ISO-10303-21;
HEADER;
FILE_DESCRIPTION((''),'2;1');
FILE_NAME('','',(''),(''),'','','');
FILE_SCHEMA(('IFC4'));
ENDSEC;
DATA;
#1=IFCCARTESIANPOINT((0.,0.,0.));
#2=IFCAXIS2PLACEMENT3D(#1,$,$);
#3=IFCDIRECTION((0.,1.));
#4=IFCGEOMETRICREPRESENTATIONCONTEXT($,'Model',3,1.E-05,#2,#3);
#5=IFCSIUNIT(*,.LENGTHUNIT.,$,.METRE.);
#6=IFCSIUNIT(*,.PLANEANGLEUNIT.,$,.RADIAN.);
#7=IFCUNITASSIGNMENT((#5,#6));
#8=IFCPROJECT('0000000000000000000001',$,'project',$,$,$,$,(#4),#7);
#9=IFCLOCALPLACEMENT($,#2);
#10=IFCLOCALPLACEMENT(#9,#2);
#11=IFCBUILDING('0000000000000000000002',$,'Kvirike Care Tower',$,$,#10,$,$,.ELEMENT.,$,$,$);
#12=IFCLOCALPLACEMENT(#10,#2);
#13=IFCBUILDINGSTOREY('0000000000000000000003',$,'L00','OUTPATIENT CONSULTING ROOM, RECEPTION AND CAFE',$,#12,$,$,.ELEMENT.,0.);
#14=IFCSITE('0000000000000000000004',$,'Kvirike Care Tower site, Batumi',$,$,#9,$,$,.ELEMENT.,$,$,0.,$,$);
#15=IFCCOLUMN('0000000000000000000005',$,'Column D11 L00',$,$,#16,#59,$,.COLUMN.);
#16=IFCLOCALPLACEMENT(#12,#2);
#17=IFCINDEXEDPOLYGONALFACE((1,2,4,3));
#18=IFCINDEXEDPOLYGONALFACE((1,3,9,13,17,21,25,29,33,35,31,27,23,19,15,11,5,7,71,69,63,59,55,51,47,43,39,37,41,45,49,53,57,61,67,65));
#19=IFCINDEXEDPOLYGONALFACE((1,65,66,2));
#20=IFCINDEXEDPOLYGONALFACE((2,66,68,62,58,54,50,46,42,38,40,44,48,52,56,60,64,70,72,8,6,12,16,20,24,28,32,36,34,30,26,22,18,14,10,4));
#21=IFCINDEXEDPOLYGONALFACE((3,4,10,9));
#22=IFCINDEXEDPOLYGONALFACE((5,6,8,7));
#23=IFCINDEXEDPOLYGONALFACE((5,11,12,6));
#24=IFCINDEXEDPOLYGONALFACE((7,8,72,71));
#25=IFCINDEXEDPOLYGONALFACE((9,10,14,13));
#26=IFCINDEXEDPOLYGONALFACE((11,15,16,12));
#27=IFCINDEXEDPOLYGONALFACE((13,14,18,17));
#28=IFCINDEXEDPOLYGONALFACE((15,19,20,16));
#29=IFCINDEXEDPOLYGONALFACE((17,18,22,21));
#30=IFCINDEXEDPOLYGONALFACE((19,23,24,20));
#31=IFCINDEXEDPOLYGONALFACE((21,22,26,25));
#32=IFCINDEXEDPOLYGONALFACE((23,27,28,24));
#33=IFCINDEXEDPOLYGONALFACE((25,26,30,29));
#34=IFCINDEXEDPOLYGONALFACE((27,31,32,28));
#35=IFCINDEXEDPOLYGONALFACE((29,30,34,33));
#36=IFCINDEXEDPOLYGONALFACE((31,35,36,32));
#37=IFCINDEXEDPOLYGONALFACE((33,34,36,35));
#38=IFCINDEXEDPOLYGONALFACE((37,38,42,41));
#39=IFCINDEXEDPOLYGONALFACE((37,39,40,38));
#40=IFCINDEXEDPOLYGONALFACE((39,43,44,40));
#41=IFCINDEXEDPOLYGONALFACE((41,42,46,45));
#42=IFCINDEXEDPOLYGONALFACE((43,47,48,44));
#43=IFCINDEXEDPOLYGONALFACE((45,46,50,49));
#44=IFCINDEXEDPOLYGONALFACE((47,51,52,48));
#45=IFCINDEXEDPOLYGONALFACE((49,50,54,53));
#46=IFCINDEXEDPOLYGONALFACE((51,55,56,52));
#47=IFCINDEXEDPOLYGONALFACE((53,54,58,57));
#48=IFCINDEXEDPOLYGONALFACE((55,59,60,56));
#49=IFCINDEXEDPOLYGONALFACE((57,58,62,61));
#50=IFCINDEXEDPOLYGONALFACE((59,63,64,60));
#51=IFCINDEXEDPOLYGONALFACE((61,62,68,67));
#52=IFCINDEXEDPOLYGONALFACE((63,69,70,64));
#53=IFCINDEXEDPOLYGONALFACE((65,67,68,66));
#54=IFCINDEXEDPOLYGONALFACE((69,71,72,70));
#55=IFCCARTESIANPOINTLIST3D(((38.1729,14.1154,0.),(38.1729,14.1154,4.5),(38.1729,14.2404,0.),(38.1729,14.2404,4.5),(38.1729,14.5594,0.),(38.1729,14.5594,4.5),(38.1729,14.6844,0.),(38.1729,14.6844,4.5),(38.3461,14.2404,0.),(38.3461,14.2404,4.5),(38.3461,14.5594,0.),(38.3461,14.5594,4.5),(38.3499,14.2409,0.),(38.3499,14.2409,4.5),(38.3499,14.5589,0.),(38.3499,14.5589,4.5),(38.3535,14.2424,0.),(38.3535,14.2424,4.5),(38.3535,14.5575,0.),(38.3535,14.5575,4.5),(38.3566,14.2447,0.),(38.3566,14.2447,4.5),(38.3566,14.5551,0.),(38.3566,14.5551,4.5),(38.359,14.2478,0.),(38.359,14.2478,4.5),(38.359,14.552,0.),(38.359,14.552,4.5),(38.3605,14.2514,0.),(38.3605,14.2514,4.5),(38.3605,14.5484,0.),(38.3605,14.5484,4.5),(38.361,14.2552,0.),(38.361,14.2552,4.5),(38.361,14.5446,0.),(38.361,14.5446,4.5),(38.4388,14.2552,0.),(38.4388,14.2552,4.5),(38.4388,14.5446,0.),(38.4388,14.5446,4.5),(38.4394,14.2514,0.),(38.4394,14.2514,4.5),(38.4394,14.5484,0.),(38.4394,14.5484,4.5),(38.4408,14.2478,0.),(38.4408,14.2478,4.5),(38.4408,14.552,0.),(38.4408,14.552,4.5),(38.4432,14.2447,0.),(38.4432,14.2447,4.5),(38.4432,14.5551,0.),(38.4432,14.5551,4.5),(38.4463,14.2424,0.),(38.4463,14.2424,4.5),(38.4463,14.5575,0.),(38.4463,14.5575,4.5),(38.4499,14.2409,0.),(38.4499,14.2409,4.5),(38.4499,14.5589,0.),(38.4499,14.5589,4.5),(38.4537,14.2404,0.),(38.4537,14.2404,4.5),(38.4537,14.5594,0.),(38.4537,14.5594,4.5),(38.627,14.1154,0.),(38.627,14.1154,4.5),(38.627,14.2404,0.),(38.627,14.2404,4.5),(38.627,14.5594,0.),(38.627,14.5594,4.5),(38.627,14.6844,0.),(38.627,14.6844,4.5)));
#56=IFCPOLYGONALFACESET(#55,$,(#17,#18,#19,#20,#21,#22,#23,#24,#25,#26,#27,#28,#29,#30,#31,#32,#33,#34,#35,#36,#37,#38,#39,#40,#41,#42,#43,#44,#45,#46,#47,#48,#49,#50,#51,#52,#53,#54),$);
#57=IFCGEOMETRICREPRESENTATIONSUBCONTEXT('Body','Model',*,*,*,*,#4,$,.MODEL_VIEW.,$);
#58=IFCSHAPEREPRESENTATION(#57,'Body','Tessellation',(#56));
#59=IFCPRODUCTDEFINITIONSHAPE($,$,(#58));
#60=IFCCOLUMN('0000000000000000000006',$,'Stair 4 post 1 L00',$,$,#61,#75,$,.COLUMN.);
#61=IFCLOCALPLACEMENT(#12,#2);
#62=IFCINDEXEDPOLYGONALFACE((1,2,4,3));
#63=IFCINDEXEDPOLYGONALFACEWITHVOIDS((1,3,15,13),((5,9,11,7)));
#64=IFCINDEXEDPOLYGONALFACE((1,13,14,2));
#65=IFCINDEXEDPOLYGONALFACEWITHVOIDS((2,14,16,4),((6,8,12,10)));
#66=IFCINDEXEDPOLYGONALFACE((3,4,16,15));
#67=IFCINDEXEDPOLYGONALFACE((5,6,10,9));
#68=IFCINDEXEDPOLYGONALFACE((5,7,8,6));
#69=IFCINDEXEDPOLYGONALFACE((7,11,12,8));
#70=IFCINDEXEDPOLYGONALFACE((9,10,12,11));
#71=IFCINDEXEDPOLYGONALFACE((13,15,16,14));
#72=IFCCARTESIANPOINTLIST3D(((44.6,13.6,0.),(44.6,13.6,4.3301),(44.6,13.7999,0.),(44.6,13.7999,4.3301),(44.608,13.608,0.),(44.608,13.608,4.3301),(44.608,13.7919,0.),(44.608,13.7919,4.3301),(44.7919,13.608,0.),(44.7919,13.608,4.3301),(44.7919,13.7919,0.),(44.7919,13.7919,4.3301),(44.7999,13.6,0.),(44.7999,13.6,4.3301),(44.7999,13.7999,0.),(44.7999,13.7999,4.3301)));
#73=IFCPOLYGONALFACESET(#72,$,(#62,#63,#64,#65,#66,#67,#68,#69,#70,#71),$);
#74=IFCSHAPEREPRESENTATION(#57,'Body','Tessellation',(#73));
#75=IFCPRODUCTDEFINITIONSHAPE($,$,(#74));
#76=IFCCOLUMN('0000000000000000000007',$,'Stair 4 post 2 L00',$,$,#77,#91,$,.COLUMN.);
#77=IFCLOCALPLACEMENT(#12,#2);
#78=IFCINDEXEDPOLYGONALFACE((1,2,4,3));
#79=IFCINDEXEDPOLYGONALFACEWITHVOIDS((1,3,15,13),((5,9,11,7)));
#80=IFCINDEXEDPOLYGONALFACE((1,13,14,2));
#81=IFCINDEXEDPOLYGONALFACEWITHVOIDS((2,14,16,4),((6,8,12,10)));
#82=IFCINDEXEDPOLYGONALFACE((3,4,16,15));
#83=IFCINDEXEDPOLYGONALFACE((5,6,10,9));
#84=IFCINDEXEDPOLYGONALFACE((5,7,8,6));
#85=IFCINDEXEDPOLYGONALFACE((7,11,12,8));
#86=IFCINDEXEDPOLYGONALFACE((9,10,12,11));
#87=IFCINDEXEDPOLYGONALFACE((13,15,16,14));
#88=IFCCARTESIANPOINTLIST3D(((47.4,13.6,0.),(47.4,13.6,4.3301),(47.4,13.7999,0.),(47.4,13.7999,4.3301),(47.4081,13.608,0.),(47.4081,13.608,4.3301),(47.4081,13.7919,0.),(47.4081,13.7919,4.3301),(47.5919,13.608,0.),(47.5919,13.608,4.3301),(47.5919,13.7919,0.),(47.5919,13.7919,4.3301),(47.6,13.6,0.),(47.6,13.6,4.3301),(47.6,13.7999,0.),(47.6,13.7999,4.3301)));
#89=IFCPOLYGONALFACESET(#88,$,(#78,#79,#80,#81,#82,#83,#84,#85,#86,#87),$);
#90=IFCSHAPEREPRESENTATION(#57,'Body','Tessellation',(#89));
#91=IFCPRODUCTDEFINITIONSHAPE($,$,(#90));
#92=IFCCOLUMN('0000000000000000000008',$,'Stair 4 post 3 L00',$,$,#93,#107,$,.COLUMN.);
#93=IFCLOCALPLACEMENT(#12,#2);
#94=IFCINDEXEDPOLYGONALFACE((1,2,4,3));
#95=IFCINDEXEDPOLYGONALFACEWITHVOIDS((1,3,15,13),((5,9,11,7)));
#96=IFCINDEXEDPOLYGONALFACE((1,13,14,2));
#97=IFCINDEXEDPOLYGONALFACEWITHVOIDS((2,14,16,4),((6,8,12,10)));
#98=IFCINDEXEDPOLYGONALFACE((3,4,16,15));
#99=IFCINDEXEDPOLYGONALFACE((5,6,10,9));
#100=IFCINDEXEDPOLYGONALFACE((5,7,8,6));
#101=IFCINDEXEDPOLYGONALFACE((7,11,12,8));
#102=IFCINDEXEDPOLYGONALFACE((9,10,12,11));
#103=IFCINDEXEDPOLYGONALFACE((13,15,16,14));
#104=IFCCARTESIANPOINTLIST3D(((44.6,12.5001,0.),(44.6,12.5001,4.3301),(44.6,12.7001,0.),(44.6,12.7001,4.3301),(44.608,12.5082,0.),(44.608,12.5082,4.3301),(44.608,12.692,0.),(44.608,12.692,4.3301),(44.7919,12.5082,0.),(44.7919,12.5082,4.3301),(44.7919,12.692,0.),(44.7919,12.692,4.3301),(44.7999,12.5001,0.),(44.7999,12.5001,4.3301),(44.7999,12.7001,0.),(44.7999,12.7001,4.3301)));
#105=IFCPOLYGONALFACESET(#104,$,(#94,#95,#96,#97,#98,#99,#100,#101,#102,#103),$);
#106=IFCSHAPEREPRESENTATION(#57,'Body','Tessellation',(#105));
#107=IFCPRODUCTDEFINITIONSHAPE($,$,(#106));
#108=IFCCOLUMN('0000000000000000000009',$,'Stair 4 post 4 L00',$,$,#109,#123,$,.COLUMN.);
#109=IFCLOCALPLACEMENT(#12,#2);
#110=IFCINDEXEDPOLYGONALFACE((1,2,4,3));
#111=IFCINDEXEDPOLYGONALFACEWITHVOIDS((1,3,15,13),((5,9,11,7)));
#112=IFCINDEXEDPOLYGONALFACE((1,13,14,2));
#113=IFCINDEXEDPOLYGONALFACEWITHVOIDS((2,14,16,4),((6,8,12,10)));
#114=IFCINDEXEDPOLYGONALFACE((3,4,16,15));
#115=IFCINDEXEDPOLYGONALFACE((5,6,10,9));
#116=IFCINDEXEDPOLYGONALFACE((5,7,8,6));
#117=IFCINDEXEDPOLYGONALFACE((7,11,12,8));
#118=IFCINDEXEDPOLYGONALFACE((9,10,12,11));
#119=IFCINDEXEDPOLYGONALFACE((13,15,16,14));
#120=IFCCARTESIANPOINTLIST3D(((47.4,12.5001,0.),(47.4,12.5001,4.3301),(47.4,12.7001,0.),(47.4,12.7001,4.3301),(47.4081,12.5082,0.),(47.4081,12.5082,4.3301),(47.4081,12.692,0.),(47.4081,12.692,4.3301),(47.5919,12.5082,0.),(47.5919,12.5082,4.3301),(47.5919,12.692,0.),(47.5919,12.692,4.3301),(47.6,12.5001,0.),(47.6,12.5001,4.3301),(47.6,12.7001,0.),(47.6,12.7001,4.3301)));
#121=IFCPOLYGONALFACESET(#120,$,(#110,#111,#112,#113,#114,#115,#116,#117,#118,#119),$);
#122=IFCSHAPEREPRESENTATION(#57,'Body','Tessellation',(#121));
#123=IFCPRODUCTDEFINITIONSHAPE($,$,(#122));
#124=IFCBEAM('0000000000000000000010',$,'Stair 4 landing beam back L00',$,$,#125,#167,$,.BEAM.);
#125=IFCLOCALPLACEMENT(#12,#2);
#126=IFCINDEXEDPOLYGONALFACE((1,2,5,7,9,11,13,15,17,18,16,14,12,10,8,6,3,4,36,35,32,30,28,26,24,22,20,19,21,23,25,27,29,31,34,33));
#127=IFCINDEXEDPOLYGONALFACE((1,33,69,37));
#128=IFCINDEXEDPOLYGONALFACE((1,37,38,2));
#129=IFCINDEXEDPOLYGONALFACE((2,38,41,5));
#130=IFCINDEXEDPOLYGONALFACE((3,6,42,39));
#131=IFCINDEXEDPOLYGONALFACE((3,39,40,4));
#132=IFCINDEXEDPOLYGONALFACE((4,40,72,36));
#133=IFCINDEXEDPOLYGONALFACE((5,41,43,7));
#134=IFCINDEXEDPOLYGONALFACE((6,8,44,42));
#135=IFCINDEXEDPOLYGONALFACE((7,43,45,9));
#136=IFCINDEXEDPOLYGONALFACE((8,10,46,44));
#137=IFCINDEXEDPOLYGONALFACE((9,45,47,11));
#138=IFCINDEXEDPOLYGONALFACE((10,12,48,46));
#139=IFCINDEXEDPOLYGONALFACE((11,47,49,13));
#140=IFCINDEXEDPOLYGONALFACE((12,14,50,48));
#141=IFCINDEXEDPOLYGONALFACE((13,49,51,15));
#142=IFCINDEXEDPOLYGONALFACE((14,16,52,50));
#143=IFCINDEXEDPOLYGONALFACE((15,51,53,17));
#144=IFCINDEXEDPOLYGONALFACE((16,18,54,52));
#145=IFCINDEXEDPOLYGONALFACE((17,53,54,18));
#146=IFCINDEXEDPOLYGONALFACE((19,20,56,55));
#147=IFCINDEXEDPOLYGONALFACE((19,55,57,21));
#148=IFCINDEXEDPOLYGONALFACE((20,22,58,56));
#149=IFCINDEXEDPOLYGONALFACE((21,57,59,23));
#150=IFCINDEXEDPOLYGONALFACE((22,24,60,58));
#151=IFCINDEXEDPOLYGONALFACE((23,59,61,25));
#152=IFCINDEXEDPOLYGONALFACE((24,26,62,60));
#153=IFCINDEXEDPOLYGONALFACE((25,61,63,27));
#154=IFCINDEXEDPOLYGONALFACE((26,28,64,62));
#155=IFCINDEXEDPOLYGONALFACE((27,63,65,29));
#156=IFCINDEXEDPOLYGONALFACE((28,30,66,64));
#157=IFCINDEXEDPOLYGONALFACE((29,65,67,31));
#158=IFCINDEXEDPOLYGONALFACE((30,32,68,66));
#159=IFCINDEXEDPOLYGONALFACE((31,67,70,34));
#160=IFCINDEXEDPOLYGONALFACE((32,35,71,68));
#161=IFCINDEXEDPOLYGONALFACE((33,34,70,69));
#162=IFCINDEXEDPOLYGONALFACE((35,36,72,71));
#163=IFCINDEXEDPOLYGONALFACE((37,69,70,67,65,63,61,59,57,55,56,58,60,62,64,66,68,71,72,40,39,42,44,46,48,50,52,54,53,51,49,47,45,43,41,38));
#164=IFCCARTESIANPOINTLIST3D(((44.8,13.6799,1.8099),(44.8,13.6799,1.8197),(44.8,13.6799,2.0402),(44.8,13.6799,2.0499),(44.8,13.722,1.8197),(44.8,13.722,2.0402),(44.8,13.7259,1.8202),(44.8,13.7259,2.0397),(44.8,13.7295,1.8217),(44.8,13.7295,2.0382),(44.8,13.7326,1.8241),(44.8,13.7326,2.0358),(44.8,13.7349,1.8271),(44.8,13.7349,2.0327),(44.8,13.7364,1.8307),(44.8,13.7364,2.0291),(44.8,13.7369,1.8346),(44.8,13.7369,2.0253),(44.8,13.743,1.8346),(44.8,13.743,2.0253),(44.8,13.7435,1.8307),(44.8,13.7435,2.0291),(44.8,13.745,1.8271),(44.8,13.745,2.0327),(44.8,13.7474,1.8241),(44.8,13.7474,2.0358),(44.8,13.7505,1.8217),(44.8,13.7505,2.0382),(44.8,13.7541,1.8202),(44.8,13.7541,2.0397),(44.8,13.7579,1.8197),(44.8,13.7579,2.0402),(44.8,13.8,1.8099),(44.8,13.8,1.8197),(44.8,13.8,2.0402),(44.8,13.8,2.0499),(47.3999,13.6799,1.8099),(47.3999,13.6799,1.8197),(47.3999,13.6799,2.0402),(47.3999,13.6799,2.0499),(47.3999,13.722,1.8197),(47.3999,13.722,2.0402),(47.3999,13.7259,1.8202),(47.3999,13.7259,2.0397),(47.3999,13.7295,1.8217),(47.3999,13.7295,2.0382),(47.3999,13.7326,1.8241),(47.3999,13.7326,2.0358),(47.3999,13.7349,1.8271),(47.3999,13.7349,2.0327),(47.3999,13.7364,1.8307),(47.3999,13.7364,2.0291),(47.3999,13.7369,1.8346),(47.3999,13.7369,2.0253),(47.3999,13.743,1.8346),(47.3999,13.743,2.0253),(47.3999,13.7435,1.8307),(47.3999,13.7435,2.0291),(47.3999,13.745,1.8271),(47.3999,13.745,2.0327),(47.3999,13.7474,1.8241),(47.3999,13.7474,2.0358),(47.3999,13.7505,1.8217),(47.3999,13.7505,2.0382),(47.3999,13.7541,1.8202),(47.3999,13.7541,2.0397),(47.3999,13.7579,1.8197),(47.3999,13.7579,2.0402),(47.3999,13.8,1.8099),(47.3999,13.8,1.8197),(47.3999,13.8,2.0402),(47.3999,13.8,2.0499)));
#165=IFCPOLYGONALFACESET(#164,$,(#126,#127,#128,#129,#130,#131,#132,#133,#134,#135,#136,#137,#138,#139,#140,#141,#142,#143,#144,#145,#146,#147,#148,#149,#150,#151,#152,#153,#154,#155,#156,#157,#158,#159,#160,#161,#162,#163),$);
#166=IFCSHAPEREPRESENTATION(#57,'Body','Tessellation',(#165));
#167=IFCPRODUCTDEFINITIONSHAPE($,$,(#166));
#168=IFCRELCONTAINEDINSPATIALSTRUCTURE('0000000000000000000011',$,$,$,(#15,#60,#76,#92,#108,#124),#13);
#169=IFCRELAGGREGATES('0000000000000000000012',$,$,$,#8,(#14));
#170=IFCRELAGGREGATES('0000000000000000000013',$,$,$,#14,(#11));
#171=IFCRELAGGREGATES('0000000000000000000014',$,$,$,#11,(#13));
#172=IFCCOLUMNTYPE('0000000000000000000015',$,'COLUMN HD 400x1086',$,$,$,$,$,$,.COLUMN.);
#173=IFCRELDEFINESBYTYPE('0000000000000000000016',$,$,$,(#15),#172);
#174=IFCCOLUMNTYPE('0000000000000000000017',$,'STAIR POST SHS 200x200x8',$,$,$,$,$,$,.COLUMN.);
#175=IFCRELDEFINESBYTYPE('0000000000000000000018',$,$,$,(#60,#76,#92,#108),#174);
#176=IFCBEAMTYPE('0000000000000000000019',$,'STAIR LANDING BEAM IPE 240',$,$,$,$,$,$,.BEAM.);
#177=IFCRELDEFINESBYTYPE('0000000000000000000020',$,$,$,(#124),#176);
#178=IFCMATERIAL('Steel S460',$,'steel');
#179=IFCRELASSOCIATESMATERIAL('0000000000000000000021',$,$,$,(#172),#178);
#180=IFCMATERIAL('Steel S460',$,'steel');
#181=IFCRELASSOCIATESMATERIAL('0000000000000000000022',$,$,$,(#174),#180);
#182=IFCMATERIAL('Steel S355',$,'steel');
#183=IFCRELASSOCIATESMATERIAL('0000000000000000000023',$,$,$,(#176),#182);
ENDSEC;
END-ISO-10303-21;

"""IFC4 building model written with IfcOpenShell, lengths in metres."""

from ifc_helpers import new_model, si_unit, direction, frame, origin, origin_2d, place, context, subcontext, project, spatial, hollow_rectangle, i_section, extrude, material, material_profile, profile_set, type_object, element, save


model = new_model("IFC4")

# Units and contexts
model_context = context("Model", 3, precision=1e-05, world=origin(), true_north=direction((0.0, 1.0)))
body_context = subcontext(model_context, "Body", "Model", "MODEL_VIEW")
ifc_project = project(units=[si_unit("LENGTHUNIT", "METRE"), si_unit("PLANEANGLEUNIT", "RADIAN")], contexts=[model_context])

# Site, building, storey
site_placement = place(None, origin())
site = spatial("IfcSite", under=ifc_project, at=site_placement, Name="Kvirike Care Tower site, Batumi", CompositionType="ELEMENT", RefElevation=0.0)
building_placement = place(site_placement, origin())
building = spatial("IfcBuilding", under=site, at=building_placement, Name="Kvirike Care Tower", CompositionType="ELEMENT")
storey_placement = place(building_placement, origin())
storey = spatial("IfcBuildingStorey", under=building, at=storey_placement, Name="L00", Description="OUTPATIENT CONSULTING ROOM, RECEPTION AND CAFE", CompositionType="ELEMENT", Elevation=0.0)

# Columns
ifc_material_1 = material(Name="Steel S460", Category="steel")
ifc_material_profile_1 = material_profile(ifc_material_1, i_section(OverallWidth=0.4541, OverallDepth=0.5691, WebThickness=0.0779, FlangeThickness=0.125, FilletRadius=0.0149, at=origin_2d()), Name="HD 400x1086")
ifc_profile_set_1 = profile_set([ifc_material_profile_1], Name="Steel S460")
column_type_1 = type_object("IfcColumnType", Name="COLUMN HD 400x1086", PredefinedType="COLUMN", material=ifc_profile_set_1)
column_1_placement = place(storey_placement, frame((38.3999, 14.3999, 0.0), z_axis=(0.0, 0.0, 1.0), x_axis=(1.0, 0.0, 0.0)))
element("IfcColumn", 1, at=column_1_placement, inside=storey, type_object=column_type_1, Name="Column D11 L00", PredefinedType="COLUMN", context=body_context, shape_type="SweptSolid", body=[
    extrude(i_section(OverallWidth=0.4541, OverallDepth=0.5691, WebThickness=0.0779, FlangeThickness=0.125, FilletRadius=0.0149, at=origin_2d()), origin(), (0.0, 0.0, 1.0), 4.5),
])
ifc_material_2 = material(Name="Steel S460", Category="steel")
ifc_material_profile_2 = material_profile(ifc_material_2, hollow_rectangle(XDim=0.2, YDim=0.2, WallThickness=0.0081, at=origin_2d()), Name="SHS 200x200x8")
ifc_profile_set_2 = profile_set([ifc_material_profile_2], Name="Steel S460")
column_type_2 = type_object("IfcColumnType", Name="STAIR POST SHS 200x200x8", PredefinedType="COLUMN", material=ifc_profile_set_2)
for number, where, z_axis, x_axis, name in (
    (2, (44.7, 13.7, 0.0), (0.0, 0.0, 1.0), (1.0, 0.0, 0.0), "Stair 4 post 1 L00"),
    (3, (47.5, 13.7, 0.0), (0.0, 0.0, 1.0), (1.0, 0.0, 0.0), "Stair 4 post 2 L00"),
    (4, (44.7, 12.6001, 0.0), (0.0, 0.0, 1.0), (1.0, 0.0, 0.0), "Stair 4 post 3 L00"),
    (5, (47.5, 12.6001, 0.0), (0.0, 0.0, 1.0), (1.0, 0.0, 0.0), "Stair 4 post 4 L00"),
):
    element("IfcColumn", number, at=place(storey_placement, frame(where, z_axis=z_axis, x_axis=x_axis)), inside=storey, type_object=column_type_2, Name=name, PredefinedType="COLUMN", context=body_context, shape_type="SweptSolid", body=[
        extrude(hollow_rectangle(XDim=0.2, YDim=0.2, WallThickness=0.0081, at=origin_2d()), origin(), (0.0, 0.0, 1.0), 4.3301),
    ])

# Beam
ifc_material_3 = material(Name="Steel S355", Category="steel")
ifc_material_profile_3 = material_profile(ifc_material_3, i_section(OverallWidth=0.1201, OverallDepth=0.24, WebThickness=0.0061, FlangeThickness=0.0098, FilletRadius=0.0149, at=origin_2d()), Name="IPE 240")
ifc_profile_set_3 = profile_set([ifc_material_profile_3], Name="Steel S355")
beam_type = type_object("IfcBeamType", Name="STAIR LANDING BEAM IPE 240", PredefinedType="BEAM", material=ifc_profile_set_3)
for number, where, z_axis, x_axis, name in (
    (6, (44.8, 13.74, 1.9299), (1.0, 0.0, 0.0), (0.0, 1.0, 0.0), "Stair 4 landing beam back L00"),
):
    element("IfcBeam", number, at=place(storey_placement, frame(where, z_axis=z_axis, x_axis=x_axis)), inside=storey, type_object=beam_type, Name=name, PredefinedType="BEAM", context=body_context, shape_type="SweptSolid", body=[
        extrude(i_section(OverallWidth=0.1201, OverallDepth=0.24, WebThickness=0.0061, FlangeThickness=0.0098, FilletRadius=0.0149, at=origin_2d()), origin(), (0.0, 0.0, 1.0), 2.5999),
    ])

save(model, "model.ifc")
